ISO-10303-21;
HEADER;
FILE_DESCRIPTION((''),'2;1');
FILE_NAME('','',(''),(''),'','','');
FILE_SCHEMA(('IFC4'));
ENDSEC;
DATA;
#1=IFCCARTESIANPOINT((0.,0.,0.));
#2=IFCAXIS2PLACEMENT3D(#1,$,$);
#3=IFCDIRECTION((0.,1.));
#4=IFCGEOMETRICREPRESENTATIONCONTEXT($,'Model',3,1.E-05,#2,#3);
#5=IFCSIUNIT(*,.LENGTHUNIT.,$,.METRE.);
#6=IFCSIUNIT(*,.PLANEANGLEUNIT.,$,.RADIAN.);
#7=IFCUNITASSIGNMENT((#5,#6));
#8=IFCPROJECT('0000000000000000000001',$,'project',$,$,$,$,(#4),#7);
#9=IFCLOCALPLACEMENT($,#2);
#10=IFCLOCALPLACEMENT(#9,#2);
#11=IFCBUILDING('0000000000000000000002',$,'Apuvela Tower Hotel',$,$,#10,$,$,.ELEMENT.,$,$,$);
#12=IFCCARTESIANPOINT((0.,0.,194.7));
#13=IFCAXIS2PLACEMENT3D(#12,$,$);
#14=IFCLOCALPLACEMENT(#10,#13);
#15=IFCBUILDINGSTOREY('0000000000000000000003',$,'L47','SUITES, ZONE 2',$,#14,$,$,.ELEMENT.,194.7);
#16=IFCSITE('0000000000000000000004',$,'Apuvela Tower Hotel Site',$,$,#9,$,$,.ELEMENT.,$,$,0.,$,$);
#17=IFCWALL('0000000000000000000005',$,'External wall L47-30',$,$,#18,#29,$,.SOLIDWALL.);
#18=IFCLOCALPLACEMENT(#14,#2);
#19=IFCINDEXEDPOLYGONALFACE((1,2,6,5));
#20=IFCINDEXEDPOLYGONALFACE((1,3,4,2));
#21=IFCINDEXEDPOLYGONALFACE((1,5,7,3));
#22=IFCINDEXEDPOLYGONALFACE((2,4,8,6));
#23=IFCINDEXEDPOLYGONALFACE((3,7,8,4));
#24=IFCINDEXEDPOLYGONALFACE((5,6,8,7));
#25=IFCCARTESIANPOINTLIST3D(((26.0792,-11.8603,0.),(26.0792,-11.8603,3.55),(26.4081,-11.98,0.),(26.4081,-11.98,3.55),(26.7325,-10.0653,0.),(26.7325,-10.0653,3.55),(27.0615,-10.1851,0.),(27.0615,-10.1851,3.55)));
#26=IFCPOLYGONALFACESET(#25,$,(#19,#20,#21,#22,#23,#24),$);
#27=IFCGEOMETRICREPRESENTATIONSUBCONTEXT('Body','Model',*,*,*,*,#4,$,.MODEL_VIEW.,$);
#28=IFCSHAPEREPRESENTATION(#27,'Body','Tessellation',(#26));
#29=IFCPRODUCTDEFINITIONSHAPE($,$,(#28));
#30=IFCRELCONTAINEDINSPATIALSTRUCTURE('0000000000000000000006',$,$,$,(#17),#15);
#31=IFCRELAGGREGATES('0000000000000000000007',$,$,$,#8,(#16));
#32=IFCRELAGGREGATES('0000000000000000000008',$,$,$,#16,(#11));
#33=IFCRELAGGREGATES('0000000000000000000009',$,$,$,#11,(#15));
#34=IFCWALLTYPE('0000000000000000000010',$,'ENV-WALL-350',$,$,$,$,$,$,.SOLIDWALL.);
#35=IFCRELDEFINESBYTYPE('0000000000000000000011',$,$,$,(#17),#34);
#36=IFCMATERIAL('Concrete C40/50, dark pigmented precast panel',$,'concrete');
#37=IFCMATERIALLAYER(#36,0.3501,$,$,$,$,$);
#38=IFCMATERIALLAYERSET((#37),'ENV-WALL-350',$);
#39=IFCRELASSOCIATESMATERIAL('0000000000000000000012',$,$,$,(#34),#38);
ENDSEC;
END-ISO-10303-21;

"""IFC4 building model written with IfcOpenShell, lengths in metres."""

from ifc_helpers import new_model, si_unit, direction, frame, frame_2d, origin, place, context, subcontext, project, spatial, rectangle, extrude, material, layer, layer_set, type_object, element, save


model = new_model("IFC4")

# Units and contexts
model_context = context("Model", 3, precision=1e-05, world=origin(), true_north=direction((0.0, 1.0)))
body_context = subcontext(model_context, "Body", "Model", "MODEL_VIEW")
ifc_project = project(units=[si_unit("LENGTHUNIT", "METRE"), si_unit("PLANEANGLEUNIT", "RADIAN")], contexts=[model_context])

# Site, building, storey
site_placement = place(None, origin())
site = spatial("IfcSite", under=ifc_project, at=site_placement, Name="Apuvela Tower Hotel Site", CompositionType="ELEMENT", RefElevation=0.0)
building_placement = place(site_placement, origin())
building = spatial("IfcBuilding", under=site, at=building_placement, Name="Apuvela Tower Hotel", CompositionType="ELEMENT")
storey_placement = place(building_placement, frame((0.0, 0.0, 194.7)))
storey = spatial("IfcBuildingStorey", under=building, at=storey_placement, Name="L47", Description="SUITES, ZONE 2", CompositionType="ELEMENT", Elevation=194.7)

# Shared definitions
ifc_material_1 = material(Name="Concrete C40/50, dark pigmented precast panel", Category="concrete")
ifc_layer_1 = layer(ifc_material_1, 0.3501)
ifc_layer_set_1 = layer_set([ifc_layer_1], Name="ENV-WALL-350")
wall_type_1 = type_object("IfcWallType", Name="ENV-WALL-350", PredefinedType="SOLIDWALL", material=ifc_layer_set_1)

# Wall
wall_1_placement = place(storey_placement, frame((26.2437, -11.9202, 0.0), z_axis=(0.0, 0.0, 1.0), x_axis=(0.34203, 0.939689, 0.0)))
element("IfcWall", 1, at=wall_1_placement, inside=storey, type_object=wall_type_1, Name="External wall L47-30", PredefinedType="SOLIDWALL", context=body_context, shape_type="SweptSolid", body=[
    extrude(rectangle(XDim=1.9102, YDim=0.3501, at=frame_2d((0.9551, 0.0))), origin(), (0.0, 0.0, 1.0), 3.55),
])

save(model, "model.ifc")
